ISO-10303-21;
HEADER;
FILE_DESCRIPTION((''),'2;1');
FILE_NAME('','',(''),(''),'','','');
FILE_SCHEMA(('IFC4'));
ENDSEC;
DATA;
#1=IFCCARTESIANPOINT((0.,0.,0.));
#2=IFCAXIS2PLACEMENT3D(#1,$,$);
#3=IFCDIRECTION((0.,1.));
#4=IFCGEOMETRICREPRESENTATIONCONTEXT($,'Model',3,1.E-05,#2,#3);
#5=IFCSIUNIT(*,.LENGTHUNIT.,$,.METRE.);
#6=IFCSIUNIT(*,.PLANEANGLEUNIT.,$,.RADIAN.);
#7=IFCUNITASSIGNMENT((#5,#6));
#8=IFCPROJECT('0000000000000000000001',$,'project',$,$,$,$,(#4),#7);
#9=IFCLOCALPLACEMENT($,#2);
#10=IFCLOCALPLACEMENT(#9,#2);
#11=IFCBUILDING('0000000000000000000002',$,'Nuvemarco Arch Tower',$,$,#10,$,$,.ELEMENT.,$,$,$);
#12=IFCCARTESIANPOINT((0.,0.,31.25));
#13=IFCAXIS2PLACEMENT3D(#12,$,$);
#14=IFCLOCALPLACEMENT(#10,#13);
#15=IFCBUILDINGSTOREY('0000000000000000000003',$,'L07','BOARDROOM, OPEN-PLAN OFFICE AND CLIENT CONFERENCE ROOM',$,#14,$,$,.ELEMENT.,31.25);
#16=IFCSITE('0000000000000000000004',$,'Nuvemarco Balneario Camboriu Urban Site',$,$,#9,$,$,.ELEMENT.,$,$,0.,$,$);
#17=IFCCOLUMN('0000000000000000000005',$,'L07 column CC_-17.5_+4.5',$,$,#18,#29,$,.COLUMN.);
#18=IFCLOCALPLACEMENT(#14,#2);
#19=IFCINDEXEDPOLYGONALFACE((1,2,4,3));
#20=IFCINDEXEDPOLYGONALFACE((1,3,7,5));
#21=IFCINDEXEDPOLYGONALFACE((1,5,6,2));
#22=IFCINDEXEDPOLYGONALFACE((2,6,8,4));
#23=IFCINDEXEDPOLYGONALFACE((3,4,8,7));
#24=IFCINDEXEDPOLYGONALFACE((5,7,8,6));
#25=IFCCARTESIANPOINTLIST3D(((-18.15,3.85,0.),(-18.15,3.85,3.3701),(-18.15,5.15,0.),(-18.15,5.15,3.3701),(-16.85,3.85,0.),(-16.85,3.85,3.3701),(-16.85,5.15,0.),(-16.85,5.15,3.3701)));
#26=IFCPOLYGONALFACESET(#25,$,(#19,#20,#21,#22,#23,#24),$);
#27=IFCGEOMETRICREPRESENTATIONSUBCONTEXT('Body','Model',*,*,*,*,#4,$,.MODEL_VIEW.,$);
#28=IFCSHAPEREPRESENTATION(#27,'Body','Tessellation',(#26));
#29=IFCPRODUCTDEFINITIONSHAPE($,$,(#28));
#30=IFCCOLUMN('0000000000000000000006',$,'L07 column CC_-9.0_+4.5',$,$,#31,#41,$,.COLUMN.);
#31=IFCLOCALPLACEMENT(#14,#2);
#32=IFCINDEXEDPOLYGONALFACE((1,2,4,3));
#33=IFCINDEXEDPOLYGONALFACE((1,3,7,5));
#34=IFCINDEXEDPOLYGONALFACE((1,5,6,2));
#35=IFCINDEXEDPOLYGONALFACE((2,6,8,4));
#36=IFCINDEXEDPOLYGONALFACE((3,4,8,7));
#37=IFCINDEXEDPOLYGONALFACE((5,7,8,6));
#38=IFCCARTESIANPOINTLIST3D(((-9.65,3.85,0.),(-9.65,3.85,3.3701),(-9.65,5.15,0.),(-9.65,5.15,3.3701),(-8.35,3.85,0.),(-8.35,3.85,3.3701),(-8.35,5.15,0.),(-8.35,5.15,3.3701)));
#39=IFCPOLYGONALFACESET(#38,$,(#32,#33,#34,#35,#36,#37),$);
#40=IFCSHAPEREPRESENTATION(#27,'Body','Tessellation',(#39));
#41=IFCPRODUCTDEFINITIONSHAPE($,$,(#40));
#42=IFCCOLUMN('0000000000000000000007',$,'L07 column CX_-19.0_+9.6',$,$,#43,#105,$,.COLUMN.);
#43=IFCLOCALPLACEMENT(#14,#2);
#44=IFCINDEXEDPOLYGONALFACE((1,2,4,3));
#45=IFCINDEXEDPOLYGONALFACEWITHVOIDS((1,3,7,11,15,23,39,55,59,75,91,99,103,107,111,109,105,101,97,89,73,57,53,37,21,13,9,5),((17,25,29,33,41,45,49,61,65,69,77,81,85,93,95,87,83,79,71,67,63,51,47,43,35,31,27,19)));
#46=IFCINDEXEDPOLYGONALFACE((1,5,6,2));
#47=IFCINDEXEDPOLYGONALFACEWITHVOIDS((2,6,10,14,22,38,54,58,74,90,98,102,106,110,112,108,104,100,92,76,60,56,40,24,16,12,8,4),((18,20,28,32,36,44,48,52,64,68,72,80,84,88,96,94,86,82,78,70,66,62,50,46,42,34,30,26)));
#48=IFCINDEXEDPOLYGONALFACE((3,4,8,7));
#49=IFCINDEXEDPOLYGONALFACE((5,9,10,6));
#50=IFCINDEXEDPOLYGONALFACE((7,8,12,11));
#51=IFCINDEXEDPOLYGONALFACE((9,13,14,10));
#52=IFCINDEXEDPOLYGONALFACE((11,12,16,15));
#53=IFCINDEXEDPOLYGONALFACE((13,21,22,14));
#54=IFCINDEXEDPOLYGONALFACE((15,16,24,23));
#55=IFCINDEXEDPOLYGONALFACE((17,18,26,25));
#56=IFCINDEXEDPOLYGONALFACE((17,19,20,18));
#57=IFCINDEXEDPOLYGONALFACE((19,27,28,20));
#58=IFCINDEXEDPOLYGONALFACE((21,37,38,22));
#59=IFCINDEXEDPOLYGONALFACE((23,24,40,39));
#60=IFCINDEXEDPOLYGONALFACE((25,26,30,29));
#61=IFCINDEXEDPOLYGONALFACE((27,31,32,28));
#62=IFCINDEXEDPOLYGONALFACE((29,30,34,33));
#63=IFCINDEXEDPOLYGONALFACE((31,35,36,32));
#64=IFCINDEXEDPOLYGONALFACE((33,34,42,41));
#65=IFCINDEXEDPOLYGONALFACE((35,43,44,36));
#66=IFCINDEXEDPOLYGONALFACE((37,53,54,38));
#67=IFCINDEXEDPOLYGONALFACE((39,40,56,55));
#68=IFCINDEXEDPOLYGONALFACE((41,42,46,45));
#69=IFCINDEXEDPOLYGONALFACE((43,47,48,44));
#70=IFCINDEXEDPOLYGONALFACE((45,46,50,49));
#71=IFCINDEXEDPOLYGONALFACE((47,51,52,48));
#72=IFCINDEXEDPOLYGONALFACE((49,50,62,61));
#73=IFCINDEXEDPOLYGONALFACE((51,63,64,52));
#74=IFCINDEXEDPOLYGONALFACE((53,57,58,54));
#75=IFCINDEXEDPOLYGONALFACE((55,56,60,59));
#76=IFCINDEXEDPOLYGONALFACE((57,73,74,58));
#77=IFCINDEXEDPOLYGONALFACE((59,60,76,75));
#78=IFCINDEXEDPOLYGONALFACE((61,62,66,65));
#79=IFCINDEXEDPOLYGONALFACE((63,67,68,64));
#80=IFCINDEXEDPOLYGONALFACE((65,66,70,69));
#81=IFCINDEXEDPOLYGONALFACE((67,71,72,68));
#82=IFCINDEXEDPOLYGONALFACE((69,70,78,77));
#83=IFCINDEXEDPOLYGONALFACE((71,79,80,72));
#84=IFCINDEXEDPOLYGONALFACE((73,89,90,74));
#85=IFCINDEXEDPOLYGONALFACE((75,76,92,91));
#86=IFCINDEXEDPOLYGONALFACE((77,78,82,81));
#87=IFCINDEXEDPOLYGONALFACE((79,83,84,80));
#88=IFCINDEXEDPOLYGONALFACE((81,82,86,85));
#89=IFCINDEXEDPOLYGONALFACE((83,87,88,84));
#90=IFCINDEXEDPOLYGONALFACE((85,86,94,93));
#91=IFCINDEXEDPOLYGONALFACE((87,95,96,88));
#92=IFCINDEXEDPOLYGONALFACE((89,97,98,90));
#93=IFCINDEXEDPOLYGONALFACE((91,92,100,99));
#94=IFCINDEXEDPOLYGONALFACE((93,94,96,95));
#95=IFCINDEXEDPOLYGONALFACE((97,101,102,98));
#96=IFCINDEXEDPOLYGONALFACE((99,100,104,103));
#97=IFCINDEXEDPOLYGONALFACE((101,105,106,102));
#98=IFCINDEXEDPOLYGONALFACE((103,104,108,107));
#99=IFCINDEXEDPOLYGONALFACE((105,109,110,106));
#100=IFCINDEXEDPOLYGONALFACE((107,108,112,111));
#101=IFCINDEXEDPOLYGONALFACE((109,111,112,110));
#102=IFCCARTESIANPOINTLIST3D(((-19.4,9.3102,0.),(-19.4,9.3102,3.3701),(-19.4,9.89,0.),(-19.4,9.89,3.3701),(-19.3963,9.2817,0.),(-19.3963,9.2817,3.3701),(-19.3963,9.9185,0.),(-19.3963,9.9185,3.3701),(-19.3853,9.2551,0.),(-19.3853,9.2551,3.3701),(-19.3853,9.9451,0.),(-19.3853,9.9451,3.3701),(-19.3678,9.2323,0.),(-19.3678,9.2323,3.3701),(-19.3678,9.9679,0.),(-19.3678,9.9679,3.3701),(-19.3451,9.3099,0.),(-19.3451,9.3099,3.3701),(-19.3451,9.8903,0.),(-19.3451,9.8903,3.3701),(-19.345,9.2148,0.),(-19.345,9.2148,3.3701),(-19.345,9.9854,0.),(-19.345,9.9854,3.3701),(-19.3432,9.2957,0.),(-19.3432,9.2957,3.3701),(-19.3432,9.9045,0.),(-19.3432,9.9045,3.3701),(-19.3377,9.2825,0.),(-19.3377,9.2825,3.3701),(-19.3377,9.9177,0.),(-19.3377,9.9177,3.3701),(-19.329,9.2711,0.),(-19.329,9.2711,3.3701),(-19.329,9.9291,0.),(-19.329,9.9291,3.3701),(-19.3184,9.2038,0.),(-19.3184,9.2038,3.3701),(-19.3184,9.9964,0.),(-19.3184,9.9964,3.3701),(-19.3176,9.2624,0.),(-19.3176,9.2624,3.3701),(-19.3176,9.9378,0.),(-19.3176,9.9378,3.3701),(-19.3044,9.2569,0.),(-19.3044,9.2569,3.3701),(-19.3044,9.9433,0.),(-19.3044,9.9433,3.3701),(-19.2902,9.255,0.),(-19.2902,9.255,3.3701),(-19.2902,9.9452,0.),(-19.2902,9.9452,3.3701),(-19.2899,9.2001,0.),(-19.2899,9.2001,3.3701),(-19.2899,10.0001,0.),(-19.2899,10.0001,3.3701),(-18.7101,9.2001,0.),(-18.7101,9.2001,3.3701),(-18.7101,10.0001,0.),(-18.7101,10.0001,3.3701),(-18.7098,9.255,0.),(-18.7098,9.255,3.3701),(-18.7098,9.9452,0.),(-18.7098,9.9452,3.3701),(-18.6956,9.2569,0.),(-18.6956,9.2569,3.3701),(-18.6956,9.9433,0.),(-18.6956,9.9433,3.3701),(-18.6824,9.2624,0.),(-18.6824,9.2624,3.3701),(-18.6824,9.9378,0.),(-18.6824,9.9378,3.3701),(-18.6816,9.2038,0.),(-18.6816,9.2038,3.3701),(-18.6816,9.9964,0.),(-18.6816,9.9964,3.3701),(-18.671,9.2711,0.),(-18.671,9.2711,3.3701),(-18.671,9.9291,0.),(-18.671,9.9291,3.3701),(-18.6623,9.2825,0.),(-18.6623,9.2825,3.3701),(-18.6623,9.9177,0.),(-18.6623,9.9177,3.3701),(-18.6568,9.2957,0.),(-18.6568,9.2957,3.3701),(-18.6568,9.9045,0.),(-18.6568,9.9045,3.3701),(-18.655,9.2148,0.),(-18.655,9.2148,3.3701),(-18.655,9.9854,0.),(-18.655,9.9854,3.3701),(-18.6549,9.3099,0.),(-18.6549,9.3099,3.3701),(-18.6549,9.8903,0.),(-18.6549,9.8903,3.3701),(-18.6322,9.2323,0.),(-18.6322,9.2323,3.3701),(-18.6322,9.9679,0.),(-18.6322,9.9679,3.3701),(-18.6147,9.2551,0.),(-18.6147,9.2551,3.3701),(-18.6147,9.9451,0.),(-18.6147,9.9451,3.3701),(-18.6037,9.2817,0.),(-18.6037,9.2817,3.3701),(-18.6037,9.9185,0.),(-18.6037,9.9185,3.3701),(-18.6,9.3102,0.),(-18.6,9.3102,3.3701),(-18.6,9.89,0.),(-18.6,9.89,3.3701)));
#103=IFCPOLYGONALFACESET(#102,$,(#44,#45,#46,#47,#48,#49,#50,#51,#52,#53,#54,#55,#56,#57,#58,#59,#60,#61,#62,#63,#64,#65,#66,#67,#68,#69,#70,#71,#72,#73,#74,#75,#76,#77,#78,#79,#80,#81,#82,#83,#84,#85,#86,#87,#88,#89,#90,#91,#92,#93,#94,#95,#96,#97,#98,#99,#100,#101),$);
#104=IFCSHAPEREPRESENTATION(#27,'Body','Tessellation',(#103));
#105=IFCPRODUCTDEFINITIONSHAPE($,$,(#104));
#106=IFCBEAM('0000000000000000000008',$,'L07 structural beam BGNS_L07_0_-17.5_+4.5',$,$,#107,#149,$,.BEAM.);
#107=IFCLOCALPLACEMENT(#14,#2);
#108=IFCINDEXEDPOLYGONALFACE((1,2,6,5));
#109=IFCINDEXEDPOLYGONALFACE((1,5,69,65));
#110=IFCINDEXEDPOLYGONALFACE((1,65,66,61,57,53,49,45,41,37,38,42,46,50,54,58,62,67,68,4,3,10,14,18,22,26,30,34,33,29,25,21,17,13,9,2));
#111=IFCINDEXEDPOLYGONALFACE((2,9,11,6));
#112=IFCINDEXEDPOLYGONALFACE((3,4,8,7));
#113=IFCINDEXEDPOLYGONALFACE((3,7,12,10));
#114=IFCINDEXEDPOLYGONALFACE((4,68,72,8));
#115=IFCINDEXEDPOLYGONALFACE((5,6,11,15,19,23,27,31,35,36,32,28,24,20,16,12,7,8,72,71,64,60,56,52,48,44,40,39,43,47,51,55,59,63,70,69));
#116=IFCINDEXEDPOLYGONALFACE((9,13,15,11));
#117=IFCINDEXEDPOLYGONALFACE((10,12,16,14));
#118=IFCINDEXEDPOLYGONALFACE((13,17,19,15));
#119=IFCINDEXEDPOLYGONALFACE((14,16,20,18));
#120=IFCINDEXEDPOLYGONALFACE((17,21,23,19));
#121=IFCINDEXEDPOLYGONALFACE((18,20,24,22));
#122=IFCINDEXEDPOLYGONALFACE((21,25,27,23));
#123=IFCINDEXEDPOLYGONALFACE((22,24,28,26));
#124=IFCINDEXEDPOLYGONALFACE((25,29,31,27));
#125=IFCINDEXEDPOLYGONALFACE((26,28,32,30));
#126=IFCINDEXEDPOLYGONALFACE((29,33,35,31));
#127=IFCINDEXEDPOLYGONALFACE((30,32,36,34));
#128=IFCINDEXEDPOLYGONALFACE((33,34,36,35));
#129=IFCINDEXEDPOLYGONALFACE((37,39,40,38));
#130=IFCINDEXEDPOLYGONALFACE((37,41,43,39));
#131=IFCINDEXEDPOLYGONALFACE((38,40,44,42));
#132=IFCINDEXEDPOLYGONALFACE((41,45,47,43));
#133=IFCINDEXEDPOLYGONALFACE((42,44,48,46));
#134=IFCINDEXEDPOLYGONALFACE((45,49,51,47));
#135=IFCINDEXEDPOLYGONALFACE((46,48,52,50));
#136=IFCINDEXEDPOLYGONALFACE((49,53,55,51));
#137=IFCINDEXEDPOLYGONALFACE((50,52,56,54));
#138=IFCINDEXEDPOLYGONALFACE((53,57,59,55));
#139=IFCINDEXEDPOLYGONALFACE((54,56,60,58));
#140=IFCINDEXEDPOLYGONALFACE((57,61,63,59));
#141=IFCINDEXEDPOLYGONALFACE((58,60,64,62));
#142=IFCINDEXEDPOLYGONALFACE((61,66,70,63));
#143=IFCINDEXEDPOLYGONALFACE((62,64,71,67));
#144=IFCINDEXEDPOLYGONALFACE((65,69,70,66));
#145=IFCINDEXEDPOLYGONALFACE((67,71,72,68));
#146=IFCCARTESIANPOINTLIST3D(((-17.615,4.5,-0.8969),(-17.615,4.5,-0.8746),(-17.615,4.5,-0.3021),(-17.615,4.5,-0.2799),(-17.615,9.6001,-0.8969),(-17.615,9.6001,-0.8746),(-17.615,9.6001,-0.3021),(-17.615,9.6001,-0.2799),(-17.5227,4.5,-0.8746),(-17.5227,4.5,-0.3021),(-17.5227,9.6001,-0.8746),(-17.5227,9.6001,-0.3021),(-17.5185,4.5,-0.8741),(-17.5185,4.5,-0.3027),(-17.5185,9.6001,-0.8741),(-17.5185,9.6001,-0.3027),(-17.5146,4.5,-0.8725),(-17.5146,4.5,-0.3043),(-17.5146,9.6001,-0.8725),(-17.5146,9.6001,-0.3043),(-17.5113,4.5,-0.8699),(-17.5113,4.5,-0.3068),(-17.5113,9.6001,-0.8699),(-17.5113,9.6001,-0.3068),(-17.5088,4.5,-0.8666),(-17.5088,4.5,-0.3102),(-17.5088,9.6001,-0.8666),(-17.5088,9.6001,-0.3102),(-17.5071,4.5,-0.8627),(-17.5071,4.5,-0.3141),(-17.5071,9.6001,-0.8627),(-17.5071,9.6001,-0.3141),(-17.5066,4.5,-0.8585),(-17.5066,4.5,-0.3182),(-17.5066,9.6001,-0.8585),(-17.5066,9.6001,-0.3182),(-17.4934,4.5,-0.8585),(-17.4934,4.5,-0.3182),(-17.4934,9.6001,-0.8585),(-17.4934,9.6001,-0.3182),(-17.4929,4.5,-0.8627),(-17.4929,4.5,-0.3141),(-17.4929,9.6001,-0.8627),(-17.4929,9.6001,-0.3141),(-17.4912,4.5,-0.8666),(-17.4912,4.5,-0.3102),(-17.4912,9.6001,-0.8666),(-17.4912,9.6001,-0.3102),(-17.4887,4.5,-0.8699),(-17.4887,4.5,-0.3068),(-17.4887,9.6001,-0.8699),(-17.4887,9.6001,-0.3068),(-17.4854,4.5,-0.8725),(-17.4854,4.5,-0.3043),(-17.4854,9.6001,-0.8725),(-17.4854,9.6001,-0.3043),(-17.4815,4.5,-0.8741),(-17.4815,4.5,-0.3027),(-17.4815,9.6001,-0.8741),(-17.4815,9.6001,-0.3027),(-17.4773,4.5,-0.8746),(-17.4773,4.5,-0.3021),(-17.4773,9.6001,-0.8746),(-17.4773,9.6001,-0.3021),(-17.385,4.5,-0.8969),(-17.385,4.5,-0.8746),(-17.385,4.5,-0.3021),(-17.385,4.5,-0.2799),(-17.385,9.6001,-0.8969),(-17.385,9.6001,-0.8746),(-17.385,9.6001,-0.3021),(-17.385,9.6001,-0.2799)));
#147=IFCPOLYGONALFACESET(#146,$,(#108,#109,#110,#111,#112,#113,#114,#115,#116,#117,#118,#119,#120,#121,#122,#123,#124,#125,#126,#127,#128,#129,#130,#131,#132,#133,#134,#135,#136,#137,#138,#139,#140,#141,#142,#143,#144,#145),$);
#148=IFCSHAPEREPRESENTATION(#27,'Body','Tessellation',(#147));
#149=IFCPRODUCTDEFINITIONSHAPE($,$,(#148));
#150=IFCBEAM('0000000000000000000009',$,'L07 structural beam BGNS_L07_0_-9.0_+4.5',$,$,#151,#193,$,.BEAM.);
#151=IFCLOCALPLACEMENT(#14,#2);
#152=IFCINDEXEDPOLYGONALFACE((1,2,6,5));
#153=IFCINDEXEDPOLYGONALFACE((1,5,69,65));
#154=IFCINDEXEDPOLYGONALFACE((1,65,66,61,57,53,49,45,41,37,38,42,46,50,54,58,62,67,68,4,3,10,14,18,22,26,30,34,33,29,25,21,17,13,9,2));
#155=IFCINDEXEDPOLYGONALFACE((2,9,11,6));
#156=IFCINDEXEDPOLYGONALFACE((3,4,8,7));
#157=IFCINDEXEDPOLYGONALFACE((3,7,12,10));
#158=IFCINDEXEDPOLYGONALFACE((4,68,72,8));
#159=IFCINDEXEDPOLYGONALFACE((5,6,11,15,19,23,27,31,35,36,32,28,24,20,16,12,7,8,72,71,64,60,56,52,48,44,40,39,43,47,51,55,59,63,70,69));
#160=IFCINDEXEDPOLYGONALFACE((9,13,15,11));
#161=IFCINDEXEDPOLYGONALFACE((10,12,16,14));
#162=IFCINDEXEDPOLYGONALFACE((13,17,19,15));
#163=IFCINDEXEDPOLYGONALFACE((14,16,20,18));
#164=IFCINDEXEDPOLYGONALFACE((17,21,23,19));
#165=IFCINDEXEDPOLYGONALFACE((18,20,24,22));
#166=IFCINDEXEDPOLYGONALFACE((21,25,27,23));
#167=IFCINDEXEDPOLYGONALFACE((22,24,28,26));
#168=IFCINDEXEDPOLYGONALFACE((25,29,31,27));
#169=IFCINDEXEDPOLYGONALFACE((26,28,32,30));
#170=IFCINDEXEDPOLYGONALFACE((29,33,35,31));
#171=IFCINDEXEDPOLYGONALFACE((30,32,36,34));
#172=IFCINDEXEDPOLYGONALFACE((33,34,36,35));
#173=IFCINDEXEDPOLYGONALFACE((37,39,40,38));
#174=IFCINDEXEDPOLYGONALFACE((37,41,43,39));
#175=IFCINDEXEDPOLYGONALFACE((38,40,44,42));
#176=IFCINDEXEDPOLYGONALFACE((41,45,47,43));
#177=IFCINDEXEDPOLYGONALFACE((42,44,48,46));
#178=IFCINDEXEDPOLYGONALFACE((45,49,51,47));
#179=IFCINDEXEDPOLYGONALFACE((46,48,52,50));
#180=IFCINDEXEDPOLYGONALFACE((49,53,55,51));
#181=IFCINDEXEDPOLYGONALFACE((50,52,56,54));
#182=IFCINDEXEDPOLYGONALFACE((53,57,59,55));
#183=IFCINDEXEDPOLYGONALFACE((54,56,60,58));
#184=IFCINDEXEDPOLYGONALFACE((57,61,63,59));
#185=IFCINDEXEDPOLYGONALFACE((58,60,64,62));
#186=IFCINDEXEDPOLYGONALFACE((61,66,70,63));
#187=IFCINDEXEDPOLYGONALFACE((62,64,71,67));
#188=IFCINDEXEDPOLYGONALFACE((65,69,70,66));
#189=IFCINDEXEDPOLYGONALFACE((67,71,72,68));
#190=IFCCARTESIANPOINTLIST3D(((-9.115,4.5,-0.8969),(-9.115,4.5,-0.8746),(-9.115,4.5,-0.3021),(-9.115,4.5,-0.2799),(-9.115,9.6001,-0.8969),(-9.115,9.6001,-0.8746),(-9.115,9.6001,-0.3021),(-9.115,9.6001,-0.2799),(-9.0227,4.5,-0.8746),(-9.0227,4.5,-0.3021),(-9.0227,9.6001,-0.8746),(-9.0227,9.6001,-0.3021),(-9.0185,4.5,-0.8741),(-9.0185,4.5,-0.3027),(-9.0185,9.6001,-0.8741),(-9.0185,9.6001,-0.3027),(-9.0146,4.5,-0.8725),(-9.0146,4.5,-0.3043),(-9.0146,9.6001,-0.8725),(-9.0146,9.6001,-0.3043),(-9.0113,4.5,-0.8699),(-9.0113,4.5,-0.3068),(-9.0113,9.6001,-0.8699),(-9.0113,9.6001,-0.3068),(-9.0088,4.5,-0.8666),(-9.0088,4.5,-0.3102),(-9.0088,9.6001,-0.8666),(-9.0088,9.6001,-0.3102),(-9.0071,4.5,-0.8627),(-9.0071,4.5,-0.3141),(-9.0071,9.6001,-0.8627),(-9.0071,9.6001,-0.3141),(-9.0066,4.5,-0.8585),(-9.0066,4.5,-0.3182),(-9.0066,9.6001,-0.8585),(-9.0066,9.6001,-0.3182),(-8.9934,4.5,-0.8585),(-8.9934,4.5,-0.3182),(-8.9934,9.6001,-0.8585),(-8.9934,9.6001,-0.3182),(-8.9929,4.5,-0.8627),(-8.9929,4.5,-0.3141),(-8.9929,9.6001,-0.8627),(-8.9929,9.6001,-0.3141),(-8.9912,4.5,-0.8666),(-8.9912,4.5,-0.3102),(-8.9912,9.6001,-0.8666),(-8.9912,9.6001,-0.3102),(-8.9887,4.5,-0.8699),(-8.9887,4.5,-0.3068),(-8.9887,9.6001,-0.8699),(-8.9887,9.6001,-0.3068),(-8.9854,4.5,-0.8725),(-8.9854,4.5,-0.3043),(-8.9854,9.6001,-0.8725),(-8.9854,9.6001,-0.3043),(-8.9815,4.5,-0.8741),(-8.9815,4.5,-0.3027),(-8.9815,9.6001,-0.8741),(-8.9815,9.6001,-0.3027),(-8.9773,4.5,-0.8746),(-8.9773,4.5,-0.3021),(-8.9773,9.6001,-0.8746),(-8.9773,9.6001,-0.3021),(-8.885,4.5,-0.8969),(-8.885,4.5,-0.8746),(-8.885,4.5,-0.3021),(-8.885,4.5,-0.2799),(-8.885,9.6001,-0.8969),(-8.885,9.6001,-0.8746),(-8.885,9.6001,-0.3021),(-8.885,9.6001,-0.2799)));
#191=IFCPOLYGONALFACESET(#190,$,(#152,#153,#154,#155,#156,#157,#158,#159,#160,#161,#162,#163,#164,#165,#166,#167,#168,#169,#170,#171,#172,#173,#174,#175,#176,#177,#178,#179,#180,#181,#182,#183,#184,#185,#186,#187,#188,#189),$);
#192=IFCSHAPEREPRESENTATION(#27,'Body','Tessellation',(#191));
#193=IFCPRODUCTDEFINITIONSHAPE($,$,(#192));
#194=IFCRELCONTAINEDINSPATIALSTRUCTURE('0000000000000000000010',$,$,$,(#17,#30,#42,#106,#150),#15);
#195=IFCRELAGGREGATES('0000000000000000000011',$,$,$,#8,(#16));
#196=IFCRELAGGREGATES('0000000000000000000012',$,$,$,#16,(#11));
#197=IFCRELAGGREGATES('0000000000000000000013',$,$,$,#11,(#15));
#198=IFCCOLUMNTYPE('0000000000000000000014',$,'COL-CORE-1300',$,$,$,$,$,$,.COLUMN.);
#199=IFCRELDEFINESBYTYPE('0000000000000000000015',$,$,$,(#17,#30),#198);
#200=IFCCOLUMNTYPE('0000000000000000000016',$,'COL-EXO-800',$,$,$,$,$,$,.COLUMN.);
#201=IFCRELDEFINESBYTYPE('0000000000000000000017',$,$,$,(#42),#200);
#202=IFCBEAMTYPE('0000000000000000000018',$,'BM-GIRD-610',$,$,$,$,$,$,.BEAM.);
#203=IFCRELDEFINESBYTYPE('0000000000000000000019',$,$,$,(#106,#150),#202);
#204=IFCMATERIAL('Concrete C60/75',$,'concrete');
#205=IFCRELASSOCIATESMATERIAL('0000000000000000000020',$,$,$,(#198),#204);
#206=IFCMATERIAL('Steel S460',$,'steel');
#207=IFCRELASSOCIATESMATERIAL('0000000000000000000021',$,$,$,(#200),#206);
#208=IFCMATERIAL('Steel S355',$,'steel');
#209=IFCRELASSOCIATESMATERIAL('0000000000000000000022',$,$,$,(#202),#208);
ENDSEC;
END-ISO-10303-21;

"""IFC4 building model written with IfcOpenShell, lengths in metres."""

from ifc_helpers import new_model, si_unit, direction, frame, origin, origin_2d, place, context, subcontext, project, spatial, rectangle, hollow_rectangle, i_section, extrude, material, material_profile, profile_set, type_object, element, save


model = new_model("IFC4")

# Units and contexts
model_context = context("Model", 3, precision=1e-05, world=origin(), true_north=direction((0.0, 1.0)))
body_context = subcontext(model_context, "Body", "Model", "MODEL_VIEW")
ifc_project = project(units=[si_unit("LENGTHUNIT", "METRE"), si_unit("PLANEANGLEUNIT", "RADIAN")], contexts=[model_context])

# Site, building, storey
site_placement = place(None, origin())
site = spatial("IfcSite", under=ifc_project, at=site_placement, Name="Nuvemarco Balneario Camboriu Urban Site", CompositionType="ELEMENT", RefElevation=0.0)
building_placement = place(site_placement, origin())
building = spatial("IfcBuilding", under=site, at=building_placement, Name="Nuvemarco Arch Tower", CompositionType="ELEMENT")
storey_placement = place(building_placement, frame((0.0, 0.0, 31.25)))
storey = spatial("IfcBuildingStorey", under=building, at=storey_placement, Name="L07", Description="BOARDROOM, OPEN-PLAN OFFICE AND CLIENT CONFERENCE ROOM", CompositionType="ELEMENT", Elevation=31.25)

# Columns
ifc_material_1 = material(Name="Concrete C60/75", Category="concrete")
ifc_material_profile_1 = material_profile(ifc_material_1, rectangle(XDim=1.3, YDim=1.3, at=origin_2d()), Name="RC-COL-1300x1300")
ifc_profile_set_1 = profile_set([ifc_material_profile_1], Name="Concrete C60/75")
column_type_1 = type_object("IfcColumnType", Name="COL-CORE-1300", PredefinedType="COLUMN", material=ifc_profile_set_1)
for number, where, z_axis, x_axis, name in (
    (1, (-17.5, 4.5, 0.0), (0.0, 0.0, 1.0), (1.0, 0.0, 0.0), "L07 column CC_-17.5_+4.5"),
    (2, (-9.0, 4.5, 0.0), (0.0, 0.0, 1.0), (1.0, 0.0, 0.0), "L07 column CC_-9.0_+4.5"),
):
    element("IfcColumn", number, at=place(storey_placement, frame(where, z_axis=z_axis, x_axis=x_axis)), inside=storey, type_object=column_type_1, Name=name, PredefinedType="COLUMN", context=body_context, shape_type="SweptSolid", body=[
        extrude(rectangle(XDim=1.3, YDim=1.3, at=origin_2d()), origin(), (0.0, 0.0, 1.0), 3.3701),
    ])
ifc_material_2 = material(Name="Steel S460", Category="steel")
ifc_material_profile_2 = material_profile(ifc_material_2, hollow_rectangle(XDim=0.8, YDim=0.8, WallThickness=0.0549, InnerFilletRadius=0.0549, OuterFilletRadius=0.1101, at=origin_2d()), Name="SHS800x800x55")
ifc_profile_set_2 = profile_set([ifc_material_profile_2], Name="Steel S460")
column_type_2 = type_object("IfcColumnType", Name="COL-EXO-800", PredefinedType="COLUMN", material=ifc_profile_set_2)
column_placement = place(storey_placement, frame((-19.0, 9.6001, 0.0), z_axis=(0.0, 0.0, 1.0), x_axis=(1.0, 0.0, 0.0)))
element("IfcColumn", 3, at=column_placement, inside=storey, type_object=column_type_2, Name="L07 column CX_-19.0_+9.6", PredefinedType="COLUMN", context=body_context, shape_type="SweptSolid", body=[
    extrude(hollow_rectangle(XDim=0.8, YDim=0.8, WallThickness=0.0549, InnerFilletRadius=0.0549, OuterFilletRadius=0.1101, at=origin_2d()), origin(), (0.0, 0.0, 1.0), 3.3701),
])

# Beams
ifc_material_3 = material(Name="Steel S355", Category="steel")
ifc_material_profile_3 = material_profile(ifc_material_3, i_section(OverallWidth=0.23, OverallDepth=0.6169, WebThickness=0.0132, FlangeThickness=0.0222, FilletRadius=0.0161, at=origin_2d()), Name="W610x140")
ifc_profile_set_3 = profile_set([ifc_material_profile_3], Name="Steel S355")
beam_type = type_object("IfcBeamType", Name="BM-GIRD-610", PredefinedType="BEAM", material=ifc_profile_set_3)
for number, where, z_axis, x_axis, name in (
    (4, (-17.5, 4.5, -0.5884), (0.0, 1.0, 0.0), (-1.0, 0.0, 0.0), "L07 structural beam BGNS_L07_0_-17.5_+4.5"),
    (5, (-9.0, 4.5, -0.5884), (0.0, 1.0, 0.0), (-1.0, 0.0, 0.0), "L07 structural beam BGNS_L07_0_-9.0_+4.5"),
):
    element("IfcBeam", number, at=place(storey_placement, frame(where, z_axis=z_axis, x_axis=x_axis)), inside=storey, type_object=beam_type, Name=name, PredefinedType="BEAM", context=body_context, shape_type="SweptSolid", body=[
        extrude(i_section(OverallWidth=0.23, OverallDepth=0.6169, WebThickness=0.0132, FlangeThickness=0.0222, FilletRadius=0.0161, at=origin_2d()), origin(), (0.0, 0.0, 1.0), 5.1001),
    ])

save(model, "model.ifc")
